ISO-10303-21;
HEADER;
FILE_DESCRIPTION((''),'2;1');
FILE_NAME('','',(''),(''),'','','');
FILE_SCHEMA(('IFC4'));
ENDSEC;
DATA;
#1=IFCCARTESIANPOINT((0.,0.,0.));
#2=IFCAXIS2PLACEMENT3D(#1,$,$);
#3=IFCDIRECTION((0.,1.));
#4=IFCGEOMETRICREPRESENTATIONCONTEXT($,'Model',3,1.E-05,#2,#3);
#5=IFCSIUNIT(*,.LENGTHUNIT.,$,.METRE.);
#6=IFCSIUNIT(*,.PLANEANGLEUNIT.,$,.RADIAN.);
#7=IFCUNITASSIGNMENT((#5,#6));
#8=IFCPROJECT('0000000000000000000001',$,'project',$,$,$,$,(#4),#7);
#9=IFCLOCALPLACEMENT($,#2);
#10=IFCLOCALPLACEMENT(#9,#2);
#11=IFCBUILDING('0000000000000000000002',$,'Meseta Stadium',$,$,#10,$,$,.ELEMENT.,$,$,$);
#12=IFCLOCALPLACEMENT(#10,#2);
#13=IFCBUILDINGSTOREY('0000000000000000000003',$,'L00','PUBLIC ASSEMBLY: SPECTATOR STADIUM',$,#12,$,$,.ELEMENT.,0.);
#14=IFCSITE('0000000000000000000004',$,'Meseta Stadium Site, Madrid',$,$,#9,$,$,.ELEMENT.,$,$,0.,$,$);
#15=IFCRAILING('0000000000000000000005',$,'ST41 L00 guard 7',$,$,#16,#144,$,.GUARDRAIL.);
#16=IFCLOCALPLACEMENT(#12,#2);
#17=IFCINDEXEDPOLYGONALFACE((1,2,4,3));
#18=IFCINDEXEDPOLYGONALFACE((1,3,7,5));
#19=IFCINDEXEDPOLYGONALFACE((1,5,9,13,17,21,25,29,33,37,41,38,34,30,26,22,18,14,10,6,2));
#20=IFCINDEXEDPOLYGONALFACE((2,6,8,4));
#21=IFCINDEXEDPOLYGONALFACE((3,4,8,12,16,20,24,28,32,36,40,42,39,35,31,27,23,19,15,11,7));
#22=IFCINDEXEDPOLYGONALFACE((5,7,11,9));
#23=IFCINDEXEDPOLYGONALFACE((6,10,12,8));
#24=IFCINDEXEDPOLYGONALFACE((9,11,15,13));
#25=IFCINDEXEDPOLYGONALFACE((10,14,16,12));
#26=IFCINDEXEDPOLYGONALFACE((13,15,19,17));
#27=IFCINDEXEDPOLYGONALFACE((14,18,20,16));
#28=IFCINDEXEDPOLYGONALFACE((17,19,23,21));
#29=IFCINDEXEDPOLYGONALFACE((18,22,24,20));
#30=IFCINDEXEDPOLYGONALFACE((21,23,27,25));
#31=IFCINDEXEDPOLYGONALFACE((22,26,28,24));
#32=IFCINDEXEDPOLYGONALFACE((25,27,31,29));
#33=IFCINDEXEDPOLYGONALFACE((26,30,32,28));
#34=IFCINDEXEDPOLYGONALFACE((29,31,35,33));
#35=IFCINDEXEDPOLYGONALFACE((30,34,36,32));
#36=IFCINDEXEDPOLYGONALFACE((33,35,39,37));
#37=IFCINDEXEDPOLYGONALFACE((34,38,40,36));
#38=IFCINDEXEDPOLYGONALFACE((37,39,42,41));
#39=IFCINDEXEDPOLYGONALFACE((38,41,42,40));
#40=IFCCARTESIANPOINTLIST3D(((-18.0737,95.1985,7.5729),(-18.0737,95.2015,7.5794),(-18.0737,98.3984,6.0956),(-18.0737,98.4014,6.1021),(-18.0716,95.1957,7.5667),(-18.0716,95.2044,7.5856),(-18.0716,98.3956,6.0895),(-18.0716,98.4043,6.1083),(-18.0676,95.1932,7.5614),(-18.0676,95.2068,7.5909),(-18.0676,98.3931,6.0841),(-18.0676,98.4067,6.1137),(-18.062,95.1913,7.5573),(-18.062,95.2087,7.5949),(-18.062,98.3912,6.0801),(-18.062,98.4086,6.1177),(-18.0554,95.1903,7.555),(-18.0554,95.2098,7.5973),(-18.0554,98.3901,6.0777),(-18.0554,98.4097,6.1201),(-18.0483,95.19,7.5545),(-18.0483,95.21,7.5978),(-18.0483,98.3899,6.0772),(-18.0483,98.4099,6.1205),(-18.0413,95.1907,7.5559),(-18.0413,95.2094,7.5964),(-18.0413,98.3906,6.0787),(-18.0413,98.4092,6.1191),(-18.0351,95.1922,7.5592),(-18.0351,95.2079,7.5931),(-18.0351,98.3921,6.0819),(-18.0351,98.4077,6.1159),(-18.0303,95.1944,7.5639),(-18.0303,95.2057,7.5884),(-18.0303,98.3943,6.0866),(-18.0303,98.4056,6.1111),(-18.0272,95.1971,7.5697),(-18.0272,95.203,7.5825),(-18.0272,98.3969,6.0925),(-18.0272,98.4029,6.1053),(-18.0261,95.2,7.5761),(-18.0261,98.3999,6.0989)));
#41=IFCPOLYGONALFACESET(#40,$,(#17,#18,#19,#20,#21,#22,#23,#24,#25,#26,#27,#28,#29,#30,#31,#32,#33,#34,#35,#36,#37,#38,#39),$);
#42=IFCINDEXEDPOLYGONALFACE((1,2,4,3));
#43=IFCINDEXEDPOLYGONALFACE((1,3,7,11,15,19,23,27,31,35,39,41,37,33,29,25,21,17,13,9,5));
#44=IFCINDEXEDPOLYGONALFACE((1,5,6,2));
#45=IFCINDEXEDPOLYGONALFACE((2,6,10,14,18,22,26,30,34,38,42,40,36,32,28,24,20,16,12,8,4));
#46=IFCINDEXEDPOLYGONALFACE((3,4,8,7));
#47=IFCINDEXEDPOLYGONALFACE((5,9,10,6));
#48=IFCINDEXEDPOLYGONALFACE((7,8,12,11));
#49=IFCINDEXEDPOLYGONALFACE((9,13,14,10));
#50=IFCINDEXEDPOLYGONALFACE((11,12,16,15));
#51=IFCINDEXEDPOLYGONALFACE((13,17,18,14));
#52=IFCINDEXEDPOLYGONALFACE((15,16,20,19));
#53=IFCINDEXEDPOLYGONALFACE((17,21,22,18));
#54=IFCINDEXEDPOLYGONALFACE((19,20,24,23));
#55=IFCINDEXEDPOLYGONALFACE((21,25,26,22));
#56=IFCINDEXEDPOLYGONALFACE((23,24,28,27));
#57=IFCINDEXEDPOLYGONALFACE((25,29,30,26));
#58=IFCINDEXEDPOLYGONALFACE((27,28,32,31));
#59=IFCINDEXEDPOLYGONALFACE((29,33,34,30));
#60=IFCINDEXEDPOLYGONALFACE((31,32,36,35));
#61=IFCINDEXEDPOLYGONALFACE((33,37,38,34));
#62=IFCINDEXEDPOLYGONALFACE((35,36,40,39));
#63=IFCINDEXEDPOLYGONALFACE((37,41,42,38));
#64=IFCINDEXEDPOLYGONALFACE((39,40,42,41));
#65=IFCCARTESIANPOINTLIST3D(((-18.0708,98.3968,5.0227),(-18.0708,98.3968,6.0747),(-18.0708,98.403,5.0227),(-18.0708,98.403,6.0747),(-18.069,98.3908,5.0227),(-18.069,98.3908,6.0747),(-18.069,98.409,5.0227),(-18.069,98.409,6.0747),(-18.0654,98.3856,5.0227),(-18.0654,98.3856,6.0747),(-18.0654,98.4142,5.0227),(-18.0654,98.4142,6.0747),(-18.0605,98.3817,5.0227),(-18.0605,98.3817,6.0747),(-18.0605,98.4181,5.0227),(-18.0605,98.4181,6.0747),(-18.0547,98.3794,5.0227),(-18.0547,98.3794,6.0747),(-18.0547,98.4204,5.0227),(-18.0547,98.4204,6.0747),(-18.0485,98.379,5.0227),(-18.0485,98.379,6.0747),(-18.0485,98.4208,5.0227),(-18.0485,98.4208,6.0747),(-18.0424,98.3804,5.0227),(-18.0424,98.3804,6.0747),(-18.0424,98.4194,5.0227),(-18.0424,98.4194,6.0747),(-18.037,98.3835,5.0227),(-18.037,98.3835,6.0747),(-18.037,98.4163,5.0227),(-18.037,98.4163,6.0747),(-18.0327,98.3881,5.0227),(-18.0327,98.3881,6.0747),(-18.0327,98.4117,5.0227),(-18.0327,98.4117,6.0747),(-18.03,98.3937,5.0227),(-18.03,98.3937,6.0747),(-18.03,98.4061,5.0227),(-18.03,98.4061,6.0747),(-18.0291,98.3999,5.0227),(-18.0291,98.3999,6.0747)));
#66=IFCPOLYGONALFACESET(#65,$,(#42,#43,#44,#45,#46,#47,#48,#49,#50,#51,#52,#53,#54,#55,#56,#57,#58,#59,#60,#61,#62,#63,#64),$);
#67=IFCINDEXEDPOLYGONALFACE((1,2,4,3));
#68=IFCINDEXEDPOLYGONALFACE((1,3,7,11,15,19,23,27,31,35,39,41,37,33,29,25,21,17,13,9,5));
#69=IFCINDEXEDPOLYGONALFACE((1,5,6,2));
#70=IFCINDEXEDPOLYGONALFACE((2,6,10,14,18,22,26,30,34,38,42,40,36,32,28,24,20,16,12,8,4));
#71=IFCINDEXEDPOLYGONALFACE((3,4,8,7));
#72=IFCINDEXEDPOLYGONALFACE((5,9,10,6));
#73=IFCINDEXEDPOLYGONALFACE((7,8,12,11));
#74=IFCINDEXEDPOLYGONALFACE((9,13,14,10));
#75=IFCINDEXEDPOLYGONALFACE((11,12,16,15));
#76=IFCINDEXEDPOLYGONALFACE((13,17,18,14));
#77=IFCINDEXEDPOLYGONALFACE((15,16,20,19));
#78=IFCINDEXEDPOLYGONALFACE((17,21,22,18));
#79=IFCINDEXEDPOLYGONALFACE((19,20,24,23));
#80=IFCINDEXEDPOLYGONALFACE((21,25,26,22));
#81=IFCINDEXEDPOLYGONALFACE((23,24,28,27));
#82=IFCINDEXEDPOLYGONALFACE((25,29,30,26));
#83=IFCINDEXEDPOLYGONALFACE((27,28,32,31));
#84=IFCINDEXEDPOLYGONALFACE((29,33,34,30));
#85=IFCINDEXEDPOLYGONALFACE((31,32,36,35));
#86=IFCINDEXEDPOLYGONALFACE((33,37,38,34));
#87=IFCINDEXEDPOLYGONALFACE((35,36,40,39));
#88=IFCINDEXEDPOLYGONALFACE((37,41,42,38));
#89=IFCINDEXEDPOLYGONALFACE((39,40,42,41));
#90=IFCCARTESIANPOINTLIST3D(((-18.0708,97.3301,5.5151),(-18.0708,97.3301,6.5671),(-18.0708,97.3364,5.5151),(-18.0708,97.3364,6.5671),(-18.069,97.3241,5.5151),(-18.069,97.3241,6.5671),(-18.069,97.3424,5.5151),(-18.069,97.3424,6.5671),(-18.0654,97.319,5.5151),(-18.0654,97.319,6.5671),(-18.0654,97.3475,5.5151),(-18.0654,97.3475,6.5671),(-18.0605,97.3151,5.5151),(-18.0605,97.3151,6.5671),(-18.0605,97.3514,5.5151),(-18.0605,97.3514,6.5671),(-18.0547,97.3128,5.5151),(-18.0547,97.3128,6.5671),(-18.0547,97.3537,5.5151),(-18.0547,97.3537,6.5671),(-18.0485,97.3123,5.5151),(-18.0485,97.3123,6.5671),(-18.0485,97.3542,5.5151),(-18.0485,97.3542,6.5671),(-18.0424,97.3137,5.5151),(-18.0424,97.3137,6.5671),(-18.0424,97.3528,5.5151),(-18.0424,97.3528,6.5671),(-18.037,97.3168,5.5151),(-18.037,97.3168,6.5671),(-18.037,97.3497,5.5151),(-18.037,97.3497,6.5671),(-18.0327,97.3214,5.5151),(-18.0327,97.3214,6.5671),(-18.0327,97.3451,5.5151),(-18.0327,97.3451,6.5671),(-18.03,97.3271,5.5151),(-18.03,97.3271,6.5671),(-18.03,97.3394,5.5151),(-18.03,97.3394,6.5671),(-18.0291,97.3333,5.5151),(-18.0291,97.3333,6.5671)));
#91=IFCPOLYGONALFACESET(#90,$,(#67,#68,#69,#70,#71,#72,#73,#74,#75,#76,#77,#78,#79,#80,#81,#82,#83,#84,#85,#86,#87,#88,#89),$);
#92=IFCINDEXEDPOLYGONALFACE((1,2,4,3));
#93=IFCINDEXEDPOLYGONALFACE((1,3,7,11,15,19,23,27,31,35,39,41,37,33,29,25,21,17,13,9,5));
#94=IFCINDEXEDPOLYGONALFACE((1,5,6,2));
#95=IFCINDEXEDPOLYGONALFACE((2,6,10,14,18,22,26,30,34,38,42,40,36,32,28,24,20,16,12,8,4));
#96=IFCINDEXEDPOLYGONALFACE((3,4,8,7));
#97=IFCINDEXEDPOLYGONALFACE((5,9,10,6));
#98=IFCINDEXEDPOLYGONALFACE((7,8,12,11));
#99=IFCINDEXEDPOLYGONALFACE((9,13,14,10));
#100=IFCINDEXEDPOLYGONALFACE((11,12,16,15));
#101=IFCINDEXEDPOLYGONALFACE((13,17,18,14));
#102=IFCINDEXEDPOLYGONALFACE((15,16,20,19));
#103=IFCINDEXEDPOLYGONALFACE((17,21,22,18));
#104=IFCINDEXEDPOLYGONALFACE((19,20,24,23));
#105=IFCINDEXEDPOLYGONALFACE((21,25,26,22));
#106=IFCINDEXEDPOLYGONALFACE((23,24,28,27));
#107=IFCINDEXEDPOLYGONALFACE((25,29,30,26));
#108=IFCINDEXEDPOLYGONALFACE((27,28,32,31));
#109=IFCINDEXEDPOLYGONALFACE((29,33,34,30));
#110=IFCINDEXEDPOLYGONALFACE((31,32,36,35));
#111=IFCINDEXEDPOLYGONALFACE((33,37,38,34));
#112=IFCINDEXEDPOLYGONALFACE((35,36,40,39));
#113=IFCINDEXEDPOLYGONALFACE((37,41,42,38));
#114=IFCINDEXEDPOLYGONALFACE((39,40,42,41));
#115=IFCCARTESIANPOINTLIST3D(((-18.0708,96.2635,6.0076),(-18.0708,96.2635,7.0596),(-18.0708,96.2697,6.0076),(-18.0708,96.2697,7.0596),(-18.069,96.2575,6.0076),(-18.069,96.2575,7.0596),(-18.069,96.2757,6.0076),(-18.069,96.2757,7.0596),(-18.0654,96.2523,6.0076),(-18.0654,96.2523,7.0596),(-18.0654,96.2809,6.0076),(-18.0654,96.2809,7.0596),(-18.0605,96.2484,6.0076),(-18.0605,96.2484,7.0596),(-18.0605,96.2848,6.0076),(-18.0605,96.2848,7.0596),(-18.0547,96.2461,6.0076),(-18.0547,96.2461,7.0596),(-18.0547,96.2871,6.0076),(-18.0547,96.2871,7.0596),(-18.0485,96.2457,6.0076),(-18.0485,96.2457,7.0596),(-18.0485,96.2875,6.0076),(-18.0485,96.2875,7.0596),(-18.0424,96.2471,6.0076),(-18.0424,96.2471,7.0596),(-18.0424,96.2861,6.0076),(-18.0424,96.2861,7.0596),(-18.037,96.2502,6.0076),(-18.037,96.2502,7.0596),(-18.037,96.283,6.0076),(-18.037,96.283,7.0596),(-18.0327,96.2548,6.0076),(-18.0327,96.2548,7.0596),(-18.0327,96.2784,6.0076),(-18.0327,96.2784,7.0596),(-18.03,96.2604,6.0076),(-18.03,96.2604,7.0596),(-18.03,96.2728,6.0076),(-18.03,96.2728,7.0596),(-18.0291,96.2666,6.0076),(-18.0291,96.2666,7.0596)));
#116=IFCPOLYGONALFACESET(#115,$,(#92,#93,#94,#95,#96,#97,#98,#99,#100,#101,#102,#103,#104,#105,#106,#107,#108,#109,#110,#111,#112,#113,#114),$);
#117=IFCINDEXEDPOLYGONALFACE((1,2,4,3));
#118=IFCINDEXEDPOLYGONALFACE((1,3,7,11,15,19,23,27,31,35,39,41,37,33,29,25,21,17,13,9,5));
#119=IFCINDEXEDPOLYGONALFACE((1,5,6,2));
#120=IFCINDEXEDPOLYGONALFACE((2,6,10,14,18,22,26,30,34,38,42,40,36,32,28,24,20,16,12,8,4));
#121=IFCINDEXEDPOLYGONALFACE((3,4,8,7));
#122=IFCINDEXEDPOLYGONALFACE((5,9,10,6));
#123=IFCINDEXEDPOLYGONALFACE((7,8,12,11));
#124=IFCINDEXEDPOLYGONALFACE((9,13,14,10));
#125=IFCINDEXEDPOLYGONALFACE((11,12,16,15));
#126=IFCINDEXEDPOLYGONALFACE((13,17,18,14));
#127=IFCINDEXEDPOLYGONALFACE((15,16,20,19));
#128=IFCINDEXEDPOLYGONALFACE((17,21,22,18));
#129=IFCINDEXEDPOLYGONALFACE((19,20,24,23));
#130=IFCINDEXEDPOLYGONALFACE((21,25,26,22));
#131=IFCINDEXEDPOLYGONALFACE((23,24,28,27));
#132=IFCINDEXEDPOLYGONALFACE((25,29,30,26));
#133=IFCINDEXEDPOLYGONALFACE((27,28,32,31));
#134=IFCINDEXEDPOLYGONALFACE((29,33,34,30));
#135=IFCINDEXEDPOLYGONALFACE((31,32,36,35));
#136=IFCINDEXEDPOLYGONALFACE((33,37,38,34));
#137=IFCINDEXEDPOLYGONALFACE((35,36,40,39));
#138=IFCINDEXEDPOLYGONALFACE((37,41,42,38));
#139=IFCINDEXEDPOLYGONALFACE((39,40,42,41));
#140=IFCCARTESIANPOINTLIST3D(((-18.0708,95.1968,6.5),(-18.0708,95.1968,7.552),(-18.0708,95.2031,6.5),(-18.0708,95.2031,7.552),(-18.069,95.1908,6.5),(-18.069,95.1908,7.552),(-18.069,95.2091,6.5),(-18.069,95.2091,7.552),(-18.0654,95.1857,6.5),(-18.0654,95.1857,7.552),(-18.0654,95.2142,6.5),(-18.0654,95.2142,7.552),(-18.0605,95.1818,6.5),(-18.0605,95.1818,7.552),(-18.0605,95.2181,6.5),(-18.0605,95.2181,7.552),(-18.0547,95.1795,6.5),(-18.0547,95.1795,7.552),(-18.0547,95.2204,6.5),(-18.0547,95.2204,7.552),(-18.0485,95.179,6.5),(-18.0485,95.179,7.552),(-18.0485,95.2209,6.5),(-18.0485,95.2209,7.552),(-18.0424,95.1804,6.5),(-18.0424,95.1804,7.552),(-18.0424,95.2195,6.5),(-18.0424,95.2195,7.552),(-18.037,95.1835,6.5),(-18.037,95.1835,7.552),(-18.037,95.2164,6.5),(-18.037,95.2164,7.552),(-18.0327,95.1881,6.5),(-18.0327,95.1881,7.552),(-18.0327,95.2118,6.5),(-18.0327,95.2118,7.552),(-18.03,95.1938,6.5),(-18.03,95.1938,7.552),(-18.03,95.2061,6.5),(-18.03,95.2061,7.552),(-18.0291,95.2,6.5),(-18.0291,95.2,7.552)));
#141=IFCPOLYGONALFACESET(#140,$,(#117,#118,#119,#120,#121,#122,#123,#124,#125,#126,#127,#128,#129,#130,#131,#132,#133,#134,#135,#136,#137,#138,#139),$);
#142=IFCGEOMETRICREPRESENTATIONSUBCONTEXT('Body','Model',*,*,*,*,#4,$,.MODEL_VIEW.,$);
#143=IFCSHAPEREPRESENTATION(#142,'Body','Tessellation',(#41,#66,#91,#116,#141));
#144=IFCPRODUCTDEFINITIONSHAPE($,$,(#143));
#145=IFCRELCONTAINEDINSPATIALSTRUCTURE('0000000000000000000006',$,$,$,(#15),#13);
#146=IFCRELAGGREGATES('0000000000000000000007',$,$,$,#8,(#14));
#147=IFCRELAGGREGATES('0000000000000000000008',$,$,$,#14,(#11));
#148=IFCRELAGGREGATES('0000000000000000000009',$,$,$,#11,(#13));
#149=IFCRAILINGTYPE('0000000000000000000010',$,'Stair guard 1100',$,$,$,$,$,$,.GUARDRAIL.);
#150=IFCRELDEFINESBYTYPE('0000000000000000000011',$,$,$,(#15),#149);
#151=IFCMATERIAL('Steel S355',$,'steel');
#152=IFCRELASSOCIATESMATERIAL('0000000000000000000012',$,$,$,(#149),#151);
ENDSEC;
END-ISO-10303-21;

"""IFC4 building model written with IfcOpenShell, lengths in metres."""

from ifc_helpers import new_model, si_unit, direction, frame, origin, origin_2d, place, context, subcontext, project, spatial, circle, extrude, material, type_object, element, save


model = new_model("IFC4")

# Units and contexts
model_context = context("Model", 3, precision=1e-05, world=origin(), true_north=direction((0.0, 1.0)))
body_context = subcontext(model_context, "Body", "Model", "MODEL_VIEW")
ifc_project = project(units=[si_unit("LENGTHUNIT", "METRE"), si_unit("PLANEANGLEUNIT", "RADIAN")], contexts=[model_context])

# Site, building, storey
site_placement = place(None, origin())
site = spatial("IfcSite", under=ifc_project, at=site_placement, Name="Meseta Stadium Site, Madrid", CompositionType="ELEMENT", RefElevation=0.0)
building_placement = place(site_placement, origin())
building = spatial("IfcBuilding", under=site, at=building_placement, Name="Meseta Stadium", CompositionType="ELEMENT")
storey_placement = place(building_placement, origin())
storey = spatial("IfcBuildingStorey", under=building, at=storey_placement, Name="L00", Description="PUBLIC ASSEMBLY: SPECTATOR STADIUM", CompositionType="ELEMENT", Elevation=0.0)

# Railing
ifc_material_1 = material(Name="Steel S355", Category="steel")
railing_type_1 = type_object("IfcRailingType", Name="Stair guard 1100", PredefinedType="GUARDRAIL", material=ifc_material_1)
railing_1_placement = place(storey_placement, frame((-18.05, 98.3999, 5.0227)))
element("IfcRailing", 1, at=railing_1_placement, inside=storey, type_object=railing_type_1, Name="ST41 L00 guard 7", PredefinedType="GUARDRAIL", context=body_context, shape_type="SweptSolid", body=[
    extrude(circle(Radius=0.0239, at=origin_2d()), frame((0.0, 0.0, 1.0762), z_axis=(0.0, -0.907917, 0.41915), x_axis=(1.0, 0.0, 0.0)), (0.0, 0.0, 1.0), 3.5244),
    extrude(circle(Radius=0.021, at=origin_2d()), origin(), (0.0, 0.0, 1.0), 1.052),
    extrude(circle(Radius=0.021, at=origin_2d()), frame((0.0, -1.0667, 0.4924)), (0.0, 0.0, 1.0), 1.052),
    extrude(circle(Radius=0.021, at=origin_2d()), frame((0.0, -2.1333, 0.9849)), (0.0, 0.0, 1.0), 1.052),
    extrude(circle(Radius=0.021, at=origin_2d()), frame((0.0, -3.2, 1.4773)), (0.0, 0.0, 1.0), 1.052),
])

save(model, "model.ifc")
